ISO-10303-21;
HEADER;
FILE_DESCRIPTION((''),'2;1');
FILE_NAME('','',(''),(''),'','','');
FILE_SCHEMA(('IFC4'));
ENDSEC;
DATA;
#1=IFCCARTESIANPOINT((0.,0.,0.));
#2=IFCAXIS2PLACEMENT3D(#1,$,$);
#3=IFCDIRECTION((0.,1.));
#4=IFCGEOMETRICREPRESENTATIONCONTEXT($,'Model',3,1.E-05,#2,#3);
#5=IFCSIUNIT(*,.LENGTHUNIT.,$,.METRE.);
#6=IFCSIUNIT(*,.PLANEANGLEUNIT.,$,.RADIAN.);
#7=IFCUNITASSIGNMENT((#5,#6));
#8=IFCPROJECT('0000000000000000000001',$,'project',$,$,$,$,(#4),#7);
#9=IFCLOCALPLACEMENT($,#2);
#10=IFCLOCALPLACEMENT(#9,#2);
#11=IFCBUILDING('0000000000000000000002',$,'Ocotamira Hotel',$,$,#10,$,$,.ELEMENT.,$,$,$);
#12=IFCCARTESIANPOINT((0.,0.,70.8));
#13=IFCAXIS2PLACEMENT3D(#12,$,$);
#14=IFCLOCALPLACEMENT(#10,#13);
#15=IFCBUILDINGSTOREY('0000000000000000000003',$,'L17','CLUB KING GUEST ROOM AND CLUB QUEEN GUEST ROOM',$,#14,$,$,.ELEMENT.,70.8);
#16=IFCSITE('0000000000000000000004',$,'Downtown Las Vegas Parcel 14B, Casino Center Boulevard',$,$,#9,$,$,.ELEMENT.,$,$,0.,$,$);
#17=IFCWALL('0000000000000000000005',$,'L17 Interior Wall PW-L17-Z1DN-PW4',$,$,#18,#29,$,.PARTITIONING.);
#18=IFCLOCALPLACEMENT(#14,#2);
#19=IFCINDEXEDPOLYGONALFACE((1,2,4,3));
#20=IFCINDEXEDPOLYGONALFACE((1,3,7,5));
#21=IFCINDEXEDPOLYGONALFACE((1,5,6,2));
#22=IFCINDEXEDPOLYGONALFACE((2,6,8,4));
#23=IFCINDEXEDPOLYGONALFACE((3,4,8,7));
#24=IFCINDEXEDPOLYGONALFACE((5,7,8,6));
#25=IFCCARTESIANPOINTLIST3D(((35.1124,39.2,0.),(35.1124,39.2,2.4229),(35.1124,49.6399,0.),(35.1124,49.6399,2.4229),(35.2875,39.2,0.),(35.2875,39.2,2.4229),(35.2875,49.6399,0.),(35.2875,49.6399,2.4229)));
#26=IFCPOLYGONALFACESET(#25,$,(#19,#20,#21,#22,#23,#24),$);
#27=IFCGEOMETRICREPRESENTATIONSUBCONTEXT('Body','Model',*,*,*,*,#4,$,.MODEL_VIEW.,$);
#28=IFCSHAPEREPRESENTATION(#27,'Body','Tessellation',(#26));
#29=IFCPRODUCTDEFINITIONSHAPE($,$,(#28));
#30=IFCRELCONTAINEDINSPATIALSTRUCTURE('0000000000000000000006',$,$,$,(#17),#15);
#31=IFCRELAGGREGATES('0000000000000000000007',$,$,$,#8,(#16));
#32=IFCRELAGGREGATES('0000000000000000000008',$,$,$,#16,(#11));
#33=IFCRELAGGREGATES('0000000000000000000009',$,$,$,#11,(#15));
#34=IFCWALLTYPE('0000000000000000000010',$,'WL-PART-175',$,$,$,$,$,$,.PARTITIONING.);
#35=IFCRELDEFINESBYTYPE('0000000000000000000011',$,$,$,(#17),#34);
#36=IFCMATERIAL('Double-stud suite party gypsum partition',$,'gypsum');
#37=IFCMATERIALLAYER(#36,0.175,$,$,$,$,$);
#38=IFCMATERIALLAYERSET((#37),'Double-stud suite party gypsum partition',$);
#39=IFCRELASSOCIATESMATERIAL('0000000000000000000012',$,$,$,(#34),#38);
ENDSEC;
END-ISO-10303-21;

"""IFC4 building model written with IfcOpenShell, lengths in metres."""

from ifc_helpers import new_model, si_unit, direction, frame, frame_2d, origin, place, context, subcontext, project, spatial, rectangle, extrude, material, layer, layer_set, type_object, element, save


model = new_model("IFC4")

# Units and contexts
model_context = context("Model", 3, precision=1e-05, world=origin(), true_north=direction((0.0, 1.0)))
body_context = subcontext(model_context, "Body", "Model", "MODEL_VIEW")
ifc_project = project(units=[si_unit("LENGTHUNIT", "METRE"), si_unit("PLANEANGLEUNIT", "RADIAN")], contexts=[model_context])

# Site, building, storey
site_placement = place(None, origin())
site = spatial("IfcSite", under=ifc_project, at=site_placement, Name="Downtown Las Vegas Parcel 14B, Casino Center Boulevard", CompositionType="ELEMENT", RefElevation=0.0)
building_placement = place(site_placement, origin())
building = spatial("IfcBuilding", under=site, at=building_placement, Name="Ocotamira Hotel", CompositionType="ELEMENT")
storey_placement = place(building_placement, frame((0.0, 0.0, 70.8)))
storey = spatial("IfcBuildingStorey", under=building, at=storey_placement, Name="L17", Description="CLUB KING GUEST ROOM AND CLUB QUEEN GUEST ROOM", CompositionType="ELEMENT", Elevation=70.8)

# Wall
ifc_material_1 = material(Name="Double-stud suite party gypsum partition", Category="gypsum")
ifc_layer_1 = layer(ifc_material_1, 0.175)
ifc_layer_set_1 = layer_set([ifc_layer_1], Name="Double-stud suite party gypsum partition")
wall_type_1 = type_object("IfcWallType", Name="WL-PART-175", PredefinedType="PARTITIONING", material=ifc_layer_set_1)
wall_1_placement = place(storey_placement, frame((35.2, 39.2, 0.0), z_axis=(0.0, 0.0, 1.0), x_axis=(0.0, 1.0, 0.0)))
element("IfcWall", 1, at=wall_1_placement, inside=storey, type_object=wall_type_1, Name="L17 Interior Wall PW-L17-Z1DN-PW4", PredefinedType="PARTITIONING", context=body_context, shape_type="SweptSolid", body=[
    extrude(rectangle(XDim=10.4399, YDim=0.175, at=frame_2d((5.22, 0.0))), origin(), (0.0, 0.0, 1.0), 2.4229),
])

save(model, "model.ifc")
